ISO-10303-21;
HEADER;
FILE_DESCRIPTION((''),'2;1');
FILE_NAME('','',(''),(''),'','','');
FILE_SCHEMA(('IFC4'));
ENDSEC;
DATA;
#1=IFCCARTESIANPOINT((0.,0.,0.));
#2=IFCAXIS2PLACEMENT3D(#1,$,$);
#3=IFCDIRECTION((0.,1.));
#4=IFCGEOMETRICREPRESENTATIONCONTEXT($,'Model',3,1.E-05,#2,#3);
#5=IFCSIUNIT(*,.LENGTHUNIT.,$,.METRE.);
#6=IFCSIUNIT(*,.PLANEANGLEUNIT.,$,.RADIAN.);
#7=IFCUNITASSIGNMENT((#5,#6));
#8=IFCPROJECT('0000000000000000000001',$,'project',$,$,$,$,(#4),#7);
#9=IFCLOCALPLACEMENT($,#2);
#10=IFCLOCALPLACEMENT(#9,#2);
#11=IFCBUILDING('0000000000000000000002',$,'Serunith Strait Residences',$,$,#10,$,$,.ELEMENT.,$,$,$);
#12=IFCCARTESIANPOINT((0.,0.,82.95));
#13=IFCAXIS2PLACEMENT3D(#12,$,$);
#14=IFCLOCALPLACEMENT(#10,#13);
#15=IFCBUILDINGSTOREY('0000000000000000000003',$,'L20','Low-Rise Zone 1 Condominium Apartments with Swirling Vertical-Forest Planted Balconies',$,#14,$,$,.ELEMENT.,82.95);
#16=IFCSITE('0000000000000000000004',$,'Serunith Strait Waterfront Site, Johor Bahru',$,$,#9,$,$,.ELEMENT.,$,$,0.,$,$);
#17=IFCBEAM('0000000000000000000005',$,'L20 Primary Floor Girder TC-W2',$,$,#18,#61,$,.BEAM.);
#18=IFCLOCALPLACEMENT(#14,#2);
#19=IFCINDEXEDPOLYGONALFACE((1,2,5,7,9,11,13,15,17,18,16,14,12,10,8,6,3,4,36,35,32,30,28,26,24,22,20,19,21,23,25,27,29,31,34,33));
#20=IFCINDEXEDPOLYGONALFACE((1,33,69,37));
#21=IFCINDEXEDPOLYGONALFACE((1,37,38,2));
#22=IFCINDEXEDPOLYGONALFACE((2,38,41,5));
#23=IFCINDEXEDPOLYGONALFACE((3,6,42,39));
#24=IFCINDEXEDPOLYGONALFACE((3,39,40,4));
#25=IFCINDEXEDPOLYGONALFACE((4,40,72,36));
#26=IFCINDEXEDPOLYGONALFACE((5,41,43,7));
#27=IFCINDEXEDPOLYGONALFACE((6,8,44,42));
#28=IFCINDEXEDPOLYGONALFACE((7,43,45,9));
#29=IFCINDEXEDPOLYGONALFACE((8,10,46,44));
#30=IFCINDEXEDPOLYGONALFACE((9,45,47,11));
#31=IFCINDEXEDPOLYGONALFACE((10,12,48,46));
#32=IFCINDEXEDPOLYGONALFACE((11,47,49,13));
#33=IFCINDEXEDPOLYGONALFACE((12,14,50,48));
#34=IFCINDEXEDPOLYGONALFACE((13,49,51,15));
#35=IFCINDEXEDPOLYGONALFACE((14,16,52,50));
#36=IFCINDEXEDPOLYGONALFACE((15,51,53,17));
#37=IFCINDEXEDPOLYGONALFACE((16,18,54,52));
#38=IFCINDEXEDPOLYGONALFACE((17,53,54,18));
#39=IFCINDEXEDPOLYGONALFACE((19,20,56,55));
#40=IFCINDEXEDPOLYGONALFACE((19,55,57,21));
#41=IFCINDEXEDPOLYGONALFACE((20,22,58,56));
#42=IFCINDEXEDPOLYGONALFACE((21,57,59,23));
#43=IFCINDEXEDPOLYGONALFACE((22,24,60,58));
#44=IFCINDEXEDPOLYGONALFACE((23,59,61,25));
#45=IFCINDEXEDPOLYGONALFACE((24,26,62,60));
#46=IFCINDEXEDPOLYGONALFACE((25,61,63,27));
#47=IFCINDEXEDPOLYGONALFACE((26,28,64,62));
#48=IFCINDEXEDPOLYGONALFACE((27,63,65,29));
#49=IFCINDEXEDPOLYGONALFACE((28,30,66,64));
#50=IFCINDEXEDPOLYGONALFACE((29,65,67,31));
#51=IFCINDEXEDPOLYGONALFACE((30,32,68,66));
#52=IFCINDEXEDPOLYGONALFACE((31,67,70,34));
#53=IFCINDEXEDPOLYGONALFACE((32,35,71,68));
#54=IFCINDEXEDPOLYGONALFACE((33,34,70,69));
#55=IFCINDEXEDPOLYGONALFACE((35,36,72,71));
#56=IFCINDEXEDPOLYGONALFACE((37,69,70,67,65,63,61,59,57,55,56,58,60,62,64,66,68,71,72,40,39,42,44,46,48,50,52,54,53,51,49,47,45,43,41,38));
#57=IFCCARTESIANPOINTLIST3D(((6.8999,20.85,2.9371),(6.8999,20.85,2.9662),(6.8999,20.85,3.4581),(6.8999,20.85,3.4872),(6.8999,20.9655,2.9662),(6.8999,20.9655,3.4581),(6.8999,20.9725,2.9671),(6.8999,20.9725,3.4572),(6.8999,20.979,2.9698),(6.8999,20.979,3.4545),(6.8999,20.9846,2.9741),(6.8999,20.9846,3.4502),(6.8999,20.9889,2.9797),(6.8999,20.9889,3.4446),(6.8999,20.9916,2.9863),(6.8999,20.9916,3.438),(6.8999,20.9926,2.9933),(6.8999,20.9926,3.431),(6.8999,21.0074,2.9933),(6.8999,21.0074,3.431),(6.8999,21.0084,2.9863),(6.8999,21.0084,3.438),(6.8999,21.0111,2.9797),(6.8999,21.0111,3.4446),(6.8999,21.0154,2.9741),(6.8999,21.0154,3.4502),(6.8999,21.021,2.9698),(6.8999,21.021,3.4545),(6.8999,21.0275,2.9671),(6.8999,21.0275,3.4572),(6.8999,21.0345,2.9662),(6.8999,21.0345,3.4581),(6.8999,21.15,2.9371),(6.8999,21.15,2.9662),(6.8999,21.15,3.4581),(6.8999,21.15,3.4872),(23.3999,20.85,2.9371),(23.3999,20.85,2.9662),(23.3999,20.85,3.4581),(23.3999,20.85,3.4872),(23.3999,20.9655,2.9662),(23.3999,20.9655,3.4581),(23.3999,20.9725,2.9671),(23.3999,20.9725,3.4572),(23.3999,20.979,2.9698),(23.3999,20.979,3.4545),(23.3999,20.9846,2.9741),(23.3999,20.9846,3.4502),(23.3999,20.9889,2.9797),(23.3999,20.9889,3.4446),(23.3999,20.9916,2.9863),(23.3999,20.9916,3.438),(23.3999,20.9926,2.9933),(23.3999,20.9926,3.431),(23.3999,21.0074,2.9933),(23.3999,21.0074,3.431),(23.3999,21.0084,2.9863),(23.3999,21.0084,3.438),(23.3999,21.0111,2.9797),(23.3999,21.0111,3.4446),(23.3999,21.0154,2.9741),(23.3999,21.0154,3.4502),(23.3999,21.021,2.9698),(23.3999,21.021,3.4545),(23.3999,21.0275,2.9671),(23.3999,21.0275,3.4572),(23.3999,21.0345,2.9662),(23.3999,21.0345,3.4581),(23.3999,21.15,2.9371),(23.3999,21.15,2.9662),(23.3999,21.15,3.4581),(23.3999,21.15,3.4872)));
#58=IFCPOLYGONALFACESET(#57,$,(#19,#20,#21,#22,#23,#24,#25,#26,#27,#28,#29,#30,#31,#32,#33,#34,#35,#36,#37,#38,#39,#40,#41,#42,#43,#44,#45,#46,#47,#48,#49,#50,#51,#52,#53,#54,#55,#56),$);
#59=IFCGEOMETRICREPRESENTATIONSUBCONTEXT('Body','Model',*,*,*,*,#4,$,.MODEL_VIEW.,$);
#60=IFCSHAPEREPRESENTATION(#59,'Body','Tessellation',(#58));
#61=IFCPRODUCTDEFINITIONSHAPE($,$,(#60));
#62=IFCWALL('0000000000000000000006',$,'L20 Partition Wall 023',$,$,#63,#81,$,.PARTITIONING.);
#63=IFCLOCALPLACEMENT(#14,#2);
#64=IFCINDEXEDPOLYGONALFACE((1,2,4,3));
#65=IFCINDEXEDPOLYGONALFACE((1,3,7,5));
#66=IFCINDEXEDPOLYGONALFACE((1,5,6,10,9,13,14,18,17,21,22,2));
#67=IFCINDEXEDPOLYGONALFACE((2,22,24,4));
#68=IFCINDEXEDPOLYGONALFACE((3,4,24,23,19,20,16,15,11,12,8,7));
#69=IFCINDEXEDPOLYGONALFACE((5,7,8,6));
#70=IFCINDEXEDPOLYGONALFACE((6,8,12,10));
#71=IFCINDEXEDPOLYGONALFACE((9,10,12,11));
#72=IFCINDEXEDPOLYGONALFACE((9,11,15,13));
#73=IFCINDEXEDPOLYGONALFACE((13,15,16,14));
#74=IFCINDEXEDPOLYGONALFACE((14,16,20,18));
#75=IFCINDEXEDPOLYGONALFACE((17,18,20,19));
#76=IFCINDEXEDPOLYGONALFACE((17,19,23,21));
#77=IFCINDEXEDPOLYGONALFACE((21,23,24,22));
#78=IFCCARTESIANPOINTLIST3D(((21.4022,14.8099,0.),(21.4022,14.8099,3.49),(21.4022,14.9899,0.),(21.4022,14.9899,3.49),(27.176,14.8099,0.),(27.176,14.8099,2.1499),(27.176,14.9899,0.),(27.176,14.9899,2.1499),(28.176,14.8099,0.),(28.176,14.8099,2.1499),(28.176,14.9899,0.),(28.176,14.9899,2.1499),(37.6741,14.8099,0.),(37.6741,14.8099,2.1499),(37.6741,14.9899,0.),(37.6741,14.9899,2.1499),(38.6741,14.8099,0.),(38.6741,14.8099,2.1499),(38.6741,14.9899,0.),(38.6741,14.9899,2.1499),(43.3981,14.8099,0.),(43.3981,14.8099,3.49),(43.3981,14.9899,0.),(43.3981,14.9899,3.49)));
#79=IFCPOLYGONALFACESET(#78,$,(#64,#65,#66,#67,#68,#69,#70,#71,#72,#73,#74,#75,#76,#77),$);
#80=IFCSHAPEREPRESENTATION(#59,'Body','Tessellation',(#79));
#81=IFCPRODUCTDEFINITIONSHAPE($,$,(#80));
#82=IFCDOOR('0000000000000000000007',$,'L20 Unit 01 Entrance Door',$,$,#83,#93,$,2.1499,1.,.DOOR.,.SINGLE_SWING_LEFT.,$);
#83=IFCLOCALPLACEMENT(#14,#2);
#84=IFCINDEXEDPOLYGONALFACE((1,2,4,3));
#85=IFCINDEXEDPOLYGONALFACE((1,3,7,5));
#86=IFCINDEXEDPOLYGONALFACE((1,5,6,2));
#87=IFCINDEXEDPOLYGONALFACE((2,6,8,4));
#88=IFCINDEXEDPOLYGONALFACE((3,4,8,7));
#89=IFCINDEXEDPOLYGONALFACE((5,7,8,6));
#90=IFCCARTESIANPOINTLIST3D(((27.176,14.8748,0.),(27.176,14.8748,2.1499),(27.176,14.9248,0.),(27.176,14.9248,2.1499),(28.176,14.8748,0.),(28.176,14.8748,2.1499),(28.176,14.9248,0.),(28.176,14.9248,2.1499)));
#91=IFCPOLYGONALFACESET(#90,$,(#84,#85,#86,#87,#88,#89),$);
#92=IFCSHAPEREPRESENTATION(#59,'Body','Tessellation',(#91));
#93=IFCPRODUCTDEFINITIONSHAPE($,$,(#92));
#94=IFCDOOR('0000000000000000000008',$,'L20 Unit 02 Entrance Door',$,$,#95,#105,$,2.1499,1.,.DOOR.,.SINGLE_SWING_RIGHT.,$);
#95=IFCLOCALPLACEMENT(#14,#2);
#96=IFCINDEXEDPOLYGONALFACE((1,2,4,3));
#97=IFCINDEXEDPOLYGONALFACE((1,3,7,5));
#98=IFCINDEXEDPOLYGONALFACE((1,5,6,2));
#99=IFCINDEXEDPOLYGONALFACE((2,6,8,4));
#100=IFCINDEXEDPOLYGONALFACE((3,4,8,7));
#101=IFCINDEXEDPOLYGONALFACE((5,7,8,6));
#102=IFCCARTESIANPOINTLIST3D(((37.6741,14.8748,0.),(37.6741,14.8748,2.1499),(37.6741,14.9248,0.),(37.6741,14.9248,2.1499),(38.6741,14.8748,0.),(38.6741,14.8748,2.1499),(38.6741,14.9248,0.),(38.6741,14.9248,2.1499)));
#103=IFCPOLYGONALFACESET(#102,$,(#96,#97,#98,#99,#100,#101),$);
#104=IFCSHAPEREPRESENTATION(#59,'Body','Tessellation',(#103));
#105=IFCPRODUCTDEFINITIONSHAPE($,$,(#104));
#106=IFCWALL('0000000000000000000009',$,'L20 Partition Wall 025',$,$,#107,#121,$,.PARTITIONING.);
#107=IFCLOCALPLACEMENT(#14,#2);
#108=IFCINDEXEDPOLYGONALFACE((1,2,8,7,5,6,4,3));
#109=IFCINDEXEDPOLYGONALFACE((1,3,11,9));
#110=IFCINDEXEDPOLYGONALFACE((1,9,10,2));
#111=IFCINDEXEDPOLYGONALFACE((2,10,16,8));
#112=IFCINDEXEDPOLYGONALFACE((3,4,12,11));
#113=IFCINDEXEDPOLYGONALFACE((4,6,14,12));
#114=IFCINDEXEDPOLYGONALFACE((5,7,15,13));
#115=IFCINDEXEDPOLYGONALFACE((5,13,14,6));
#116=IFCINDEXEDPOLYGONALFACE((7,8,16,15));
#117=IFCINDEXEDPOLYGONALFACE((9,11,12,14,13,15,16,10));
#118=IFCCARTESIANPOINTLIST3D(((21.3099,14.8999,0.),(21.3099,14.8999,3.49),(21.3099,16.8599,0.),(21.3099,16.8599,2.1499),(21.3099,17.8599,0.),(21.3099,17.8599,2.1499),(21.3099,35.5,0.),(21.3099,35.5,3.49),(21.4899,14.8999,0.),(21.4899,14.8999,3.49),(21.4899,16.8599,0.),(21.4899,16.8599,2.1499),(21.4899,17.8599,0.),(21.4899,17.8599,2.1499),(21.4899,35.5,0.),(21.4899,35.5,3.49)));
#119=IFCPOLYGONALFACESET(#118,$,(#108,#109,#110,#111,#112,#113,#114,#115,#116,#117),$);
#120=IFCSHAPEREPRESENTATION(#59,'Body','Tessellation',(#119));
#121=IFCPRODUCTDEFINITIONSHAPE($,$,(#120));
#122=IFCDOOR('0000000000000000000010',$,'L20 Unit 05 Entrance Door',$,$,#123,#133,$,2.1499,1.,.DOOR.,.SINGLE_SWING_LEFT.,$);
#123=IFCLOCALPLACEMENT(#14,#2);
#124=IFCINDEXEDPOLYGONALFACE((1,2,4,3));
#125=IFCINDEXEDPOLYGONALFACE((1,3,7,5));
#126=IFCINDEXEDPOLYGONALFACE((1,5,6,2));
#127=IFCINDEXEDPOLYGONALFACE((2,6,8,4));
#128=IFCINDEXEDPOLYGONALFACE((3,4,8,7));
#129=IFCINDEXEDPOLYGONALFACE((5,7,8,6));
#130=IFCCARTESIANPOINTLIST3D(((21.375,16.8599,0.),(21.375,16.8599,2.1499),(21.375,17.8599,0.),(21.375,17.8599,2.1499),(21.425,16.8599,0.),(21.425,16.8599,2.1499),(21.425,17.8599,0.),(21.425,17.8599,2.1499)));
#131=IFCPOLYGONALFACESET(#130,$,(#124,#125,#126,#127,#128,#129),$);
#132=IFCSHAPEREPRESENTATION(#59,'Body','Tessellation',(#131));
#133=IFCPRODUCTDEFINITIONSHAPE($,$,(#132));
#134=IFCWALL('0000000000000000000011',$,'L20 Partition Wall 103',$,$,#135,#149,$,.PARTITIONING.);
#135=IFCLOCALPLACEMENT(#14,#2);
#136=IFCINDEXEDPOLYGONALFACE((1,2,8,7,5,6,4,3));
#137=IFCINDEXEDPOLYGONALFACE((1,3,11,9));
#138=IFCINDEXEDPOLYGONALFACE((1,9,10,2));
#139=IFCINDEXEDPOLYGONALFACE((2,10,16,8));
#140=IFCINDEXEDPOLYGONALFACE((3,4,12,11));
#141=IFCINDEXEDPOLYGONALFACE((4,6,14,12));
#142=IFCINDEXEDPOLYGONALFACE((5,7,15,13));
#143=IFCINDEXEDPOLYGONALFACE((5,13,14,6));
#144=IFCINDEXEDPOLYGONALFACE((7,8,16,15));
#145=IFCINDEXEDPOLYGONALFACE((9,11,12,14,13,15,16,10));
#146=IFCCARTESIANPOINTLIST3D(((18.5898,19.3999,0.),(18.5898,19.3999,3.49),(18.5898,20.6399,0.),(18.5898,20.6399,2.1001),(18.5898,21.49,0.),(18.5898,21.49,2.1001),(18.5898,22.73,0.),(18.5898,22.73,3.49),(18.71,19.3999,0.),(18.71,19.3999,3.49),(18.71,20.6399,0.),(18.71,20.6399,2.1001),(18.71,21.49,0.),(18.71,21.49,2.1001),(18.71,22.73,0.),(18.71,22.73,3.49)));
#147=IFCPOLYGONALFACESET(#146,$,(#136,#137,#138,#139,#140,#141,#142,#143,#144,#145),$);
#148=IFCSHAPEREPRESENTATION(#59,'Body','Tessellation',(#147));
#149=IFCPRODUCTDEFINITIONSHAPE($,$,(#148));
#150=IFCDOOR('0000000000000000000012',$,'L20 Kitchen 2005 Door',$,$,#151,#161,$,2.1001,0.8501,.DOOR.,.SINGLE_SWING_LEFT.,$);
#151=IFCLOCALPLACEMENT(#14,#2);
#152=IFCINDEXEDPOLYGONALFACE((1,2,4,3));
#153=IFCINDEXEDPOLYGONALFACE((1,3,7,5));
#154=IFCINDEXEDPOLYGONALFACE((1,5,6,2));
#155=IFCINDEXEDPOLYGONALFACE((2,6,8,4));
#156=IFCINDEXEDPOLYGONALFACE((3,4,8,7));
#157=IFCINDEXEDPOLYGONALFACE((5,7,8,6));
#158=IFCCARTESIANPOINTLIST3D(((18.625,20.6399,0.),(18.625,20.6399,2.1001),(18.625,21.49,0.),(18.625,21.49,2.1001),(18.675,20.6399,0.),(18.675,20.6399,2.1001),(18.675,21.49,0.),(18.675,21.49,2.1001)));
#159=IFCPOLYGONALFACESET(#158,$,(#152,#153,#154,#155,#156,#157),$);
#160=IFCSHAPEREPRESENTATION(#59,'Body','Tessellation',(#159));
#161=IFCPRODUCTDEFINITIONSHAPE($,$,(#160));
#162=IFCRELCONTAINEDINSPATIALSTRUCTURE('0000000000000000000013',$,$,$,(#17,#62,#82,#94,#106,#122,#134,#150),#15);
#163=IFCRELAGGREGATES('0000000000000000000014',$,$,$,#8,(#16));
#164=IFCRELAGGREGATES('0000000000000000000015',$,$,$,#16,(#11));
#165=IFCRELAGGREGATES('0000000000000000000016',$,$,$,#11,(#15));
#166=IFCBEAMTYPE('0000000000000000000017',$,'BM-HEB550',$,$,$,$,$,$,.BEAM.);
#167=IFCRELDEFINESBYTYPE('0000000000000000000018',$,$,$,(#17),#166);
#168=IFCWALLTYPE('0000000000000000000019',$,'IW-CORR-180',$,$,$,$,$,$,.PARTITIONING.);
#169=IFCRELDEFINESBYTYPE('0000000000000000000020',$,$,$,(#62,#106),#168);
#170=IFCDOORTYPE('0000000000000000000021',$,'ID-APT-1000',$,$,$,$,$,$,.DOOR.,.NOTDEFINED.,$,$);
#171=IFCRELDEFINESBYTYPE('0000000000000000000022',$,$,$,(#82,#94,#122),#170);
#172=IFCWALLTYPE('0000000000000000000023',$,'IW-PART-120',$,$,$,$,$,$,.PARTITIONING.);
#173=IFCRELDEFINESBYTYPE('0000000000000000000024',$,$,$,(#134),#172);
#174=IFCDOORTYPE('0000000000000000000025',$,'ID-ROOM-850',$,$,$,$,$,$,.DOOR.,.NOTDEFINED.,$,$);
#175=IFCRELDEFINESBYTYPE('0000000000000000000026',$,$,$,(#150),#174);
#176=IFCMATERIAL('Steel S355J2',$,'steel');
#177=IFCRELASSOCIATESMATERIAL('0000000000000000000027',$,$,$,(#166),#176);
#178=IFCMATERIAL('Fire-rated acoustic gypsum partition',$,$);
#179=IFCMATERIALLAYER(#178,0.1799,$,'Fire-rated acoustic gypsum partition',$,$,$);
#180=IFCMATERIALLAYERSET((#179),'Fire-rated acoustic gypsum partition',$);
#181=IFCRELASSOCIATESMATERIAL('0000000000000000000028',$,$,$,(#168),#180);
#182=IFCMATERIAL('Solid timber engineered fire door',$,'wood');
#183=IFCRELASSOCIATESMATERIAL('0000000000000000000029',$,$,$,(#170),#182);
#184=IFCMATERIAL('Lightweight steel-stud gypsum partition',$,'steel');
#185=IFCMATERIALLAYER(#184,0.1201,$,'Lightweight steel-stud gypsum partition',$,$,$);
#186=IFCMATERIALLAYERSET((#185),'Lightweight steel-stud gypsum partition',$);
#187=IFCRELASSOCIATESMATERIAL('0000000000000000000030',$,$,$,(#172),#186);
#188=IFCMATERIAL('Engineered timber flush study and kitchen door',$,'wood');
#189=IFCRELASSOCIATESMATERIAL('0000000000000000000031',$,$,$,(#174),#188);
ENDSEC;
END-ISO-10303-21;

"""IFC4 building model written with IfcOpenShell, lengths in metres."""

from ifc_helpers import new_model, si_unit, direction, frame, frame_2d, origin, origin_2d, place, context, subcontext, project, spatial, rectangle, i_section, extrude, source, transform, mapped, material, layer, layer_set, material_profile, profile_set, type_object, element, fill, save


model = new_model("IFC4")

# Units and contexts
model_context = context("Model", 3, precision=1e-05, world=origin(), true_north=direction((0.0, 1.0)))
body_context = subcontext(model_context, "Body", "Model", "MODEL_VIEW")
ifc_project = project(units=[si_unit("LENGTHUNIT", "METRE"), si_unit("PLANEANGLEUNIT", "RADIAN")], contexts=[model_context])

# Site, building, storey
site_placement = place(None, origin())
site = spatial("IfcSite", under=ifc_project, at=site_placement, Name="Serunith Strait Waterfront Site, Johor Bahru", CompositionType="ELEMENT", RefElevation=0.0)
building_placement = place(site_placement, origin())
building = spatial("IfcBuilding", under=site, at=building_placement, Name="Serunith Strait Residences", CompositionType="ELEMENT")
storey_placement = place(building_placement, frame((0.0, 0.0, 82.95)))
storey = spatial("IfcBuildingStorey", under=building, at=storey_placement, Name="L20", Description="Low-Rise Zone 1 Condominium Apartments with Swirling Vertical-Forest Planted Balconies", CompositionType="ELEMENT", Elevation=82.95)

# Beam
ifc_material_1 = material(Name="Steel S355J2", Category="steel")
ifc_material_profile = material_profile(ifc_material_1, i_section(OverallWidth=0.3, OverallDepth=0.55, WebThickness=0.0149, FlangeThickness=0.0291, FilletRadius=0.0271, at=origin_2d()), Name="HEB 550")
ifc_profile_set = profile_set([ifc_material_profile], Name="Steel S355J2")
beam_type = type_object("IfcBeamType", Name="BM-HEB550", PredefinedType="BEAM", material=ifc_profile_set)
shared_shape_1 = source(origin(), body_context, "Body", "SweptSolid", [
    extrude(i_section(OverallWidth=0.3, OverallDepth=0.55, WebThickness=0.0149, FlangeThickness=0.0291, FilletRadius=0.0271, at=origin_2d()), origin(), (0.0, 0.0, 1.0), 16.5),
])
beam_placement = place(storey_placement, frame((23.3999, 21.0, 3.2122), z_axis=(-1.0, 0.0, 0.0), x_axis=(0.0, -1.0, 0.0)))
element("IfcBeam", 1, at=beam_placement, inside=storey, type_object=beam_type, Name="L20 Primary Floor Girder TC-W2", PredefinedType="BEAM", context=body_context, shape_type="MappedRepresentation", body=[
    mapped(shared_shape_1, transform((0.0, 0.0, 0.0), scale=1.0)),
])

# Wall, openings, doors
ifc_material_2 = material(Name="Fire-rated acoustic gypsum partition")
ifc_layer_1 = layer(ifc_material_2, 0.1799, Name="Fire-rated acoustic gypsum partition")
ifc_layer_set_1 = layer_set([ifc_layer_1], Name="Fire-rated acoustic gypsum partition")
wall_type_1 = type_object("IfcWallType", Name="IW-CORR-180", PredefinedType="PARTITIONING", material=ifc_layer_set_1)
wall_1_placement = place(storey_placement, frame((21.4021, 14.8999, 0.0), z_axis=(0.0, 0.0, 1.0), x_axis=(1.0, 0.0, 0.0)))
wall_1 = element("IfcWall", 2, at=wall_1_placement, inside=storey, type_object=wall_type_1, Name="L20 Partition Wall 023", PredefinedType="PARTITIONING", context=body_context, shape_type="SweptSolid", body=[
    extrude(rectangle(XDim=21.9958, YDim=0.1799, at=frame_2d((10.998, 0.0))), origin(), (0.0, 0.0, 1.0), 3.49),
])
opening_1_placement = place(wall_1_placement, frame((5.7739, 0.0, 0.0)))
opening_1 = element("IfcOpeningElement", 3, at=opening_1_placement, cuts=wall_1, PredefinedType="OPENING", context=body_context, shape_type="SweptSolid", body=[
    extrude(rectangle(XDim=1.0, YDim=2.1499, at=frame_2d((0.5, 1.075))), frame((0.0, 0.1001, 0.0), z_axis=(0.0, -1.0, 0.0), x_axis=(1.0, 0.0, 0.0)), (0.0, 0.0, 1.0), 0.2),
])
opening_2_placement = place(wall_1_placement, frame((16.272, 0.0, 0.0)))
opening_2 = element("IfcOpeningElement", 4, at=opening_2_placement, cuts=wall_1, PredefinedType="OPENING", context=body_context, shape_type="SweptSolid", body=[
    extrude(rectangle(XDim=1.0, YDim=2.1499, at=frame_2d((0.5, 1.075))), frame((0.0, 0.1001, 0.0), z_axis=(0.0, -1.0, 0.0), x_axis=(1.0, 0.0, 0.0)), (0.0, 0.0, 1.0), 0.2),
])
ifc_material_3 = material(Name="Solid timber engineered fire door", Category="wood")
door_type_1 = type_object("IfcDoorType", Name="ID-APT-1000", OperationType="NOTDEFINED", PredefinedType="DOOR", material=ifc_material_3)
shared_shape_2 = source(origin(), body_context, "Body", "SweptSolid", [
    extrude(rectangle(XDim=1.0, YDim=2.1499, at=frame_2d((0.5, 1.075))), frame((0.0, 0.0249, 0.0), z_axis=(0.0, -1.0, 0.0), x_axis=(1.0, 0.0, 0.0)), (0.0, 0.0, 1.0), 0.05),
])
door_1_placement = place(opening_1_placement, origin())
door_1 = element("IfcDoor", 5, at=door_1_placement, inside=storey, type_object=door_type_1, Name="L20 Unit 01 Entrance Door", OperationType="SINGLE_SWING_LEFT", OverallHeight=2.1499, OverallWidth=1.0, PredefinedType="DOOR", context=body_context, shape_type="MappedRepresentation", body=[
    mapped(shared_shape_2, transform((0.0, 0.0, 0.0), scale=1.0)),
])
fill(opening_1, door_1)
door_2_placement = place(opening_2_placement, origin())
door_2 = element("IfcDoor", 6, at=door_2_placement, inside=storey, type_object=door_type_1, Name="L20 Unit 02 Entrance Door", OperationType="SINGLE_SWING_RIGHT", OverallHeight=2.1499, OverallWidth=1.0, PredefinedType="DOOR", context=body_context, shape_type="MappedRepresentation", body=[
    mapped(shared_shape_2, transform((0.0, 0.0, 0.0), scale=1.0)),
])
fill(opening_2, door_2)

# Walls, openings, doors
wall_2_placement = place(storey_placement, frame((21.3999, 14.8999, 0.0), z_axis=(0.0, 0.0, 1.0), x_axis=(0.0, 1.0, 0.0)))
wall_2 = element("IfcWall", 7, at=wall_2_placement, inside=storey, type_object=wall_type_1, Name="L20 Partition Wall 025", PredefinedType="PARTITIONING", context=body_context, shape_type="SweptSolid", body=[
    extrude(rectangle(XDim=20.6001, YDim=0.1799, at=frame_2d((10.3, 0.0))), origin(), (0.0, 0.0, 1.0), 3.49),
])
opening_3_placement = place(wall_2_placement, frame((1.96, 0.0, 0.0)))
opening_3 = element("IfcOpeningElement", 8, at=opening_3_placement, cuts=wall_2, PredefinedType="OPENING", context=body_context, shape_type="SweptSolid", body=[
    extrude(rectangle(XDim=1.0, YDim=2.1499, at=frame_2d((0.5, 1.075))), frame((0.0, 0.1001, 0.0), z_axis=(0.0, -1.0, 0.0), x_axis=(1.0, 0.0, 0.0)), (0.0, 0.0, 1.0), 0.2),
])
door_3_placement = place(opening_3_placement, origin())
door_3 = element("IfcDoor", 9, at=door_3_placement, inside=storey, type_object=door_type_1, Name="L20 Unit 05 Entrance Door", OperationType="SINGLE_SWING_LEFT", OverallHeight=2.1499, OverallWidth=1.0, PredefinedType="DOOR", context=body_context, shape_type="MappedRepresentation", body=[
    mapped(shared_shape_2, transform((0.0, 0.0, 0.0), scale=1.0)),
])
fill(opening_3, door_3)
ifc_material_4 = material(Name="Lightweight steel-stud gypsum partition", Category="steel")
ifc_layer_2 = layer(ifc_material_4, 0.1201, Name="Lightweight steel-stud gypsum partition")
ifc_layer_set_2 = layer_set([ifc_layer_2], Name="Lightweight steel-stud gypsum partition")
wall_type_2 = type_object("IfcWallType", Name="IW-PART-120", PredefinedType="PARTITIONING", material=ifc_layer_set_2)
wall_3_placement = place(storey_placement, frame((18.6499, 19.3999, 0.0), z_axis=(0.0, 0.0, 1.0), x_axis=(0.0, 1.0, 0.0)))
wall_3 = element("IfcWall", 10, at=wall_3_placement, inside=storey, type_object=wall_type_2, Name="L20 Partition Wall 103", PredefinedType="PARTITIONING", context=body_context, shape_type="SweptSolid", body=[
    extrude(rectangle(XDim=3.3301, YDim=0.1201, at=frame_2d((1.665, 0.0))), origin(), (0.0, 0.0, 1.0), 3.49),
])
opening_4_placement = place(wall_3_placement, frame((1.24, 0.0, 0.0)))
opening_4 = element("IfcOpeningElement", 11, at=opening_4_placement, cuts=wall_3, PredefinedType="OPENING", context=body_context, shape_type="SweptSolid", body=[
    extrude(rectangle(XDim=0.8501, YDim=2.1001, at=frame_2d((0.425, 1.05))), frame((0.0, 0.0701, 0.0), z_axis=(0.0, -1.0, 0.0), x_axis=(1.0, 0.0, 0.0)), (0.0, 0.0, 1.0), 0.1401),
])
ifc_material_5 = material(Name="Engineered timber flush study and kitchen door", Category="wood")
door_type_2 = type_object("IfcDoorType", Name="ID-ROOM-850", OperationType="NOTDEFINED", PredefinedType="DOOR", material=ifc_material_5)
shared_shape_3 = source(origin(), body_context, "Body", "SweptSolid", [
    extrude(rectangle(XDim=0.8501, YDim=2.1001, at=frame_2d((0.425, 1.05))), frame((0.0, 0.0249, 0.0), z_axis=(0.0, -1.0, 0.0), x_axis=(1.0, 0.0, 0.0)), (0.0, 0.0, 1.0), 0.05),
])
door_4_placement = place(opening_4_placement, origin())
door_4 = element("IfcDoor", 12, at=door_4_placement, inside=storey, type_object=door_type_2, Name="L20 Kitchen 2005 Door", OperationType="SINGLE_SWING_LEFT", OverallHeight=2.1001, OverallWidth=0.8501, PredefinedType="DOOR", context=body_context, shape_type="MappedRepresentation", body=[
    mapped(shared_shape_3, transform((0.0, 0.0, 0.0), scale=1.0)),
])
fill(opening_4, door_4)

save(model, "model.ifc")
